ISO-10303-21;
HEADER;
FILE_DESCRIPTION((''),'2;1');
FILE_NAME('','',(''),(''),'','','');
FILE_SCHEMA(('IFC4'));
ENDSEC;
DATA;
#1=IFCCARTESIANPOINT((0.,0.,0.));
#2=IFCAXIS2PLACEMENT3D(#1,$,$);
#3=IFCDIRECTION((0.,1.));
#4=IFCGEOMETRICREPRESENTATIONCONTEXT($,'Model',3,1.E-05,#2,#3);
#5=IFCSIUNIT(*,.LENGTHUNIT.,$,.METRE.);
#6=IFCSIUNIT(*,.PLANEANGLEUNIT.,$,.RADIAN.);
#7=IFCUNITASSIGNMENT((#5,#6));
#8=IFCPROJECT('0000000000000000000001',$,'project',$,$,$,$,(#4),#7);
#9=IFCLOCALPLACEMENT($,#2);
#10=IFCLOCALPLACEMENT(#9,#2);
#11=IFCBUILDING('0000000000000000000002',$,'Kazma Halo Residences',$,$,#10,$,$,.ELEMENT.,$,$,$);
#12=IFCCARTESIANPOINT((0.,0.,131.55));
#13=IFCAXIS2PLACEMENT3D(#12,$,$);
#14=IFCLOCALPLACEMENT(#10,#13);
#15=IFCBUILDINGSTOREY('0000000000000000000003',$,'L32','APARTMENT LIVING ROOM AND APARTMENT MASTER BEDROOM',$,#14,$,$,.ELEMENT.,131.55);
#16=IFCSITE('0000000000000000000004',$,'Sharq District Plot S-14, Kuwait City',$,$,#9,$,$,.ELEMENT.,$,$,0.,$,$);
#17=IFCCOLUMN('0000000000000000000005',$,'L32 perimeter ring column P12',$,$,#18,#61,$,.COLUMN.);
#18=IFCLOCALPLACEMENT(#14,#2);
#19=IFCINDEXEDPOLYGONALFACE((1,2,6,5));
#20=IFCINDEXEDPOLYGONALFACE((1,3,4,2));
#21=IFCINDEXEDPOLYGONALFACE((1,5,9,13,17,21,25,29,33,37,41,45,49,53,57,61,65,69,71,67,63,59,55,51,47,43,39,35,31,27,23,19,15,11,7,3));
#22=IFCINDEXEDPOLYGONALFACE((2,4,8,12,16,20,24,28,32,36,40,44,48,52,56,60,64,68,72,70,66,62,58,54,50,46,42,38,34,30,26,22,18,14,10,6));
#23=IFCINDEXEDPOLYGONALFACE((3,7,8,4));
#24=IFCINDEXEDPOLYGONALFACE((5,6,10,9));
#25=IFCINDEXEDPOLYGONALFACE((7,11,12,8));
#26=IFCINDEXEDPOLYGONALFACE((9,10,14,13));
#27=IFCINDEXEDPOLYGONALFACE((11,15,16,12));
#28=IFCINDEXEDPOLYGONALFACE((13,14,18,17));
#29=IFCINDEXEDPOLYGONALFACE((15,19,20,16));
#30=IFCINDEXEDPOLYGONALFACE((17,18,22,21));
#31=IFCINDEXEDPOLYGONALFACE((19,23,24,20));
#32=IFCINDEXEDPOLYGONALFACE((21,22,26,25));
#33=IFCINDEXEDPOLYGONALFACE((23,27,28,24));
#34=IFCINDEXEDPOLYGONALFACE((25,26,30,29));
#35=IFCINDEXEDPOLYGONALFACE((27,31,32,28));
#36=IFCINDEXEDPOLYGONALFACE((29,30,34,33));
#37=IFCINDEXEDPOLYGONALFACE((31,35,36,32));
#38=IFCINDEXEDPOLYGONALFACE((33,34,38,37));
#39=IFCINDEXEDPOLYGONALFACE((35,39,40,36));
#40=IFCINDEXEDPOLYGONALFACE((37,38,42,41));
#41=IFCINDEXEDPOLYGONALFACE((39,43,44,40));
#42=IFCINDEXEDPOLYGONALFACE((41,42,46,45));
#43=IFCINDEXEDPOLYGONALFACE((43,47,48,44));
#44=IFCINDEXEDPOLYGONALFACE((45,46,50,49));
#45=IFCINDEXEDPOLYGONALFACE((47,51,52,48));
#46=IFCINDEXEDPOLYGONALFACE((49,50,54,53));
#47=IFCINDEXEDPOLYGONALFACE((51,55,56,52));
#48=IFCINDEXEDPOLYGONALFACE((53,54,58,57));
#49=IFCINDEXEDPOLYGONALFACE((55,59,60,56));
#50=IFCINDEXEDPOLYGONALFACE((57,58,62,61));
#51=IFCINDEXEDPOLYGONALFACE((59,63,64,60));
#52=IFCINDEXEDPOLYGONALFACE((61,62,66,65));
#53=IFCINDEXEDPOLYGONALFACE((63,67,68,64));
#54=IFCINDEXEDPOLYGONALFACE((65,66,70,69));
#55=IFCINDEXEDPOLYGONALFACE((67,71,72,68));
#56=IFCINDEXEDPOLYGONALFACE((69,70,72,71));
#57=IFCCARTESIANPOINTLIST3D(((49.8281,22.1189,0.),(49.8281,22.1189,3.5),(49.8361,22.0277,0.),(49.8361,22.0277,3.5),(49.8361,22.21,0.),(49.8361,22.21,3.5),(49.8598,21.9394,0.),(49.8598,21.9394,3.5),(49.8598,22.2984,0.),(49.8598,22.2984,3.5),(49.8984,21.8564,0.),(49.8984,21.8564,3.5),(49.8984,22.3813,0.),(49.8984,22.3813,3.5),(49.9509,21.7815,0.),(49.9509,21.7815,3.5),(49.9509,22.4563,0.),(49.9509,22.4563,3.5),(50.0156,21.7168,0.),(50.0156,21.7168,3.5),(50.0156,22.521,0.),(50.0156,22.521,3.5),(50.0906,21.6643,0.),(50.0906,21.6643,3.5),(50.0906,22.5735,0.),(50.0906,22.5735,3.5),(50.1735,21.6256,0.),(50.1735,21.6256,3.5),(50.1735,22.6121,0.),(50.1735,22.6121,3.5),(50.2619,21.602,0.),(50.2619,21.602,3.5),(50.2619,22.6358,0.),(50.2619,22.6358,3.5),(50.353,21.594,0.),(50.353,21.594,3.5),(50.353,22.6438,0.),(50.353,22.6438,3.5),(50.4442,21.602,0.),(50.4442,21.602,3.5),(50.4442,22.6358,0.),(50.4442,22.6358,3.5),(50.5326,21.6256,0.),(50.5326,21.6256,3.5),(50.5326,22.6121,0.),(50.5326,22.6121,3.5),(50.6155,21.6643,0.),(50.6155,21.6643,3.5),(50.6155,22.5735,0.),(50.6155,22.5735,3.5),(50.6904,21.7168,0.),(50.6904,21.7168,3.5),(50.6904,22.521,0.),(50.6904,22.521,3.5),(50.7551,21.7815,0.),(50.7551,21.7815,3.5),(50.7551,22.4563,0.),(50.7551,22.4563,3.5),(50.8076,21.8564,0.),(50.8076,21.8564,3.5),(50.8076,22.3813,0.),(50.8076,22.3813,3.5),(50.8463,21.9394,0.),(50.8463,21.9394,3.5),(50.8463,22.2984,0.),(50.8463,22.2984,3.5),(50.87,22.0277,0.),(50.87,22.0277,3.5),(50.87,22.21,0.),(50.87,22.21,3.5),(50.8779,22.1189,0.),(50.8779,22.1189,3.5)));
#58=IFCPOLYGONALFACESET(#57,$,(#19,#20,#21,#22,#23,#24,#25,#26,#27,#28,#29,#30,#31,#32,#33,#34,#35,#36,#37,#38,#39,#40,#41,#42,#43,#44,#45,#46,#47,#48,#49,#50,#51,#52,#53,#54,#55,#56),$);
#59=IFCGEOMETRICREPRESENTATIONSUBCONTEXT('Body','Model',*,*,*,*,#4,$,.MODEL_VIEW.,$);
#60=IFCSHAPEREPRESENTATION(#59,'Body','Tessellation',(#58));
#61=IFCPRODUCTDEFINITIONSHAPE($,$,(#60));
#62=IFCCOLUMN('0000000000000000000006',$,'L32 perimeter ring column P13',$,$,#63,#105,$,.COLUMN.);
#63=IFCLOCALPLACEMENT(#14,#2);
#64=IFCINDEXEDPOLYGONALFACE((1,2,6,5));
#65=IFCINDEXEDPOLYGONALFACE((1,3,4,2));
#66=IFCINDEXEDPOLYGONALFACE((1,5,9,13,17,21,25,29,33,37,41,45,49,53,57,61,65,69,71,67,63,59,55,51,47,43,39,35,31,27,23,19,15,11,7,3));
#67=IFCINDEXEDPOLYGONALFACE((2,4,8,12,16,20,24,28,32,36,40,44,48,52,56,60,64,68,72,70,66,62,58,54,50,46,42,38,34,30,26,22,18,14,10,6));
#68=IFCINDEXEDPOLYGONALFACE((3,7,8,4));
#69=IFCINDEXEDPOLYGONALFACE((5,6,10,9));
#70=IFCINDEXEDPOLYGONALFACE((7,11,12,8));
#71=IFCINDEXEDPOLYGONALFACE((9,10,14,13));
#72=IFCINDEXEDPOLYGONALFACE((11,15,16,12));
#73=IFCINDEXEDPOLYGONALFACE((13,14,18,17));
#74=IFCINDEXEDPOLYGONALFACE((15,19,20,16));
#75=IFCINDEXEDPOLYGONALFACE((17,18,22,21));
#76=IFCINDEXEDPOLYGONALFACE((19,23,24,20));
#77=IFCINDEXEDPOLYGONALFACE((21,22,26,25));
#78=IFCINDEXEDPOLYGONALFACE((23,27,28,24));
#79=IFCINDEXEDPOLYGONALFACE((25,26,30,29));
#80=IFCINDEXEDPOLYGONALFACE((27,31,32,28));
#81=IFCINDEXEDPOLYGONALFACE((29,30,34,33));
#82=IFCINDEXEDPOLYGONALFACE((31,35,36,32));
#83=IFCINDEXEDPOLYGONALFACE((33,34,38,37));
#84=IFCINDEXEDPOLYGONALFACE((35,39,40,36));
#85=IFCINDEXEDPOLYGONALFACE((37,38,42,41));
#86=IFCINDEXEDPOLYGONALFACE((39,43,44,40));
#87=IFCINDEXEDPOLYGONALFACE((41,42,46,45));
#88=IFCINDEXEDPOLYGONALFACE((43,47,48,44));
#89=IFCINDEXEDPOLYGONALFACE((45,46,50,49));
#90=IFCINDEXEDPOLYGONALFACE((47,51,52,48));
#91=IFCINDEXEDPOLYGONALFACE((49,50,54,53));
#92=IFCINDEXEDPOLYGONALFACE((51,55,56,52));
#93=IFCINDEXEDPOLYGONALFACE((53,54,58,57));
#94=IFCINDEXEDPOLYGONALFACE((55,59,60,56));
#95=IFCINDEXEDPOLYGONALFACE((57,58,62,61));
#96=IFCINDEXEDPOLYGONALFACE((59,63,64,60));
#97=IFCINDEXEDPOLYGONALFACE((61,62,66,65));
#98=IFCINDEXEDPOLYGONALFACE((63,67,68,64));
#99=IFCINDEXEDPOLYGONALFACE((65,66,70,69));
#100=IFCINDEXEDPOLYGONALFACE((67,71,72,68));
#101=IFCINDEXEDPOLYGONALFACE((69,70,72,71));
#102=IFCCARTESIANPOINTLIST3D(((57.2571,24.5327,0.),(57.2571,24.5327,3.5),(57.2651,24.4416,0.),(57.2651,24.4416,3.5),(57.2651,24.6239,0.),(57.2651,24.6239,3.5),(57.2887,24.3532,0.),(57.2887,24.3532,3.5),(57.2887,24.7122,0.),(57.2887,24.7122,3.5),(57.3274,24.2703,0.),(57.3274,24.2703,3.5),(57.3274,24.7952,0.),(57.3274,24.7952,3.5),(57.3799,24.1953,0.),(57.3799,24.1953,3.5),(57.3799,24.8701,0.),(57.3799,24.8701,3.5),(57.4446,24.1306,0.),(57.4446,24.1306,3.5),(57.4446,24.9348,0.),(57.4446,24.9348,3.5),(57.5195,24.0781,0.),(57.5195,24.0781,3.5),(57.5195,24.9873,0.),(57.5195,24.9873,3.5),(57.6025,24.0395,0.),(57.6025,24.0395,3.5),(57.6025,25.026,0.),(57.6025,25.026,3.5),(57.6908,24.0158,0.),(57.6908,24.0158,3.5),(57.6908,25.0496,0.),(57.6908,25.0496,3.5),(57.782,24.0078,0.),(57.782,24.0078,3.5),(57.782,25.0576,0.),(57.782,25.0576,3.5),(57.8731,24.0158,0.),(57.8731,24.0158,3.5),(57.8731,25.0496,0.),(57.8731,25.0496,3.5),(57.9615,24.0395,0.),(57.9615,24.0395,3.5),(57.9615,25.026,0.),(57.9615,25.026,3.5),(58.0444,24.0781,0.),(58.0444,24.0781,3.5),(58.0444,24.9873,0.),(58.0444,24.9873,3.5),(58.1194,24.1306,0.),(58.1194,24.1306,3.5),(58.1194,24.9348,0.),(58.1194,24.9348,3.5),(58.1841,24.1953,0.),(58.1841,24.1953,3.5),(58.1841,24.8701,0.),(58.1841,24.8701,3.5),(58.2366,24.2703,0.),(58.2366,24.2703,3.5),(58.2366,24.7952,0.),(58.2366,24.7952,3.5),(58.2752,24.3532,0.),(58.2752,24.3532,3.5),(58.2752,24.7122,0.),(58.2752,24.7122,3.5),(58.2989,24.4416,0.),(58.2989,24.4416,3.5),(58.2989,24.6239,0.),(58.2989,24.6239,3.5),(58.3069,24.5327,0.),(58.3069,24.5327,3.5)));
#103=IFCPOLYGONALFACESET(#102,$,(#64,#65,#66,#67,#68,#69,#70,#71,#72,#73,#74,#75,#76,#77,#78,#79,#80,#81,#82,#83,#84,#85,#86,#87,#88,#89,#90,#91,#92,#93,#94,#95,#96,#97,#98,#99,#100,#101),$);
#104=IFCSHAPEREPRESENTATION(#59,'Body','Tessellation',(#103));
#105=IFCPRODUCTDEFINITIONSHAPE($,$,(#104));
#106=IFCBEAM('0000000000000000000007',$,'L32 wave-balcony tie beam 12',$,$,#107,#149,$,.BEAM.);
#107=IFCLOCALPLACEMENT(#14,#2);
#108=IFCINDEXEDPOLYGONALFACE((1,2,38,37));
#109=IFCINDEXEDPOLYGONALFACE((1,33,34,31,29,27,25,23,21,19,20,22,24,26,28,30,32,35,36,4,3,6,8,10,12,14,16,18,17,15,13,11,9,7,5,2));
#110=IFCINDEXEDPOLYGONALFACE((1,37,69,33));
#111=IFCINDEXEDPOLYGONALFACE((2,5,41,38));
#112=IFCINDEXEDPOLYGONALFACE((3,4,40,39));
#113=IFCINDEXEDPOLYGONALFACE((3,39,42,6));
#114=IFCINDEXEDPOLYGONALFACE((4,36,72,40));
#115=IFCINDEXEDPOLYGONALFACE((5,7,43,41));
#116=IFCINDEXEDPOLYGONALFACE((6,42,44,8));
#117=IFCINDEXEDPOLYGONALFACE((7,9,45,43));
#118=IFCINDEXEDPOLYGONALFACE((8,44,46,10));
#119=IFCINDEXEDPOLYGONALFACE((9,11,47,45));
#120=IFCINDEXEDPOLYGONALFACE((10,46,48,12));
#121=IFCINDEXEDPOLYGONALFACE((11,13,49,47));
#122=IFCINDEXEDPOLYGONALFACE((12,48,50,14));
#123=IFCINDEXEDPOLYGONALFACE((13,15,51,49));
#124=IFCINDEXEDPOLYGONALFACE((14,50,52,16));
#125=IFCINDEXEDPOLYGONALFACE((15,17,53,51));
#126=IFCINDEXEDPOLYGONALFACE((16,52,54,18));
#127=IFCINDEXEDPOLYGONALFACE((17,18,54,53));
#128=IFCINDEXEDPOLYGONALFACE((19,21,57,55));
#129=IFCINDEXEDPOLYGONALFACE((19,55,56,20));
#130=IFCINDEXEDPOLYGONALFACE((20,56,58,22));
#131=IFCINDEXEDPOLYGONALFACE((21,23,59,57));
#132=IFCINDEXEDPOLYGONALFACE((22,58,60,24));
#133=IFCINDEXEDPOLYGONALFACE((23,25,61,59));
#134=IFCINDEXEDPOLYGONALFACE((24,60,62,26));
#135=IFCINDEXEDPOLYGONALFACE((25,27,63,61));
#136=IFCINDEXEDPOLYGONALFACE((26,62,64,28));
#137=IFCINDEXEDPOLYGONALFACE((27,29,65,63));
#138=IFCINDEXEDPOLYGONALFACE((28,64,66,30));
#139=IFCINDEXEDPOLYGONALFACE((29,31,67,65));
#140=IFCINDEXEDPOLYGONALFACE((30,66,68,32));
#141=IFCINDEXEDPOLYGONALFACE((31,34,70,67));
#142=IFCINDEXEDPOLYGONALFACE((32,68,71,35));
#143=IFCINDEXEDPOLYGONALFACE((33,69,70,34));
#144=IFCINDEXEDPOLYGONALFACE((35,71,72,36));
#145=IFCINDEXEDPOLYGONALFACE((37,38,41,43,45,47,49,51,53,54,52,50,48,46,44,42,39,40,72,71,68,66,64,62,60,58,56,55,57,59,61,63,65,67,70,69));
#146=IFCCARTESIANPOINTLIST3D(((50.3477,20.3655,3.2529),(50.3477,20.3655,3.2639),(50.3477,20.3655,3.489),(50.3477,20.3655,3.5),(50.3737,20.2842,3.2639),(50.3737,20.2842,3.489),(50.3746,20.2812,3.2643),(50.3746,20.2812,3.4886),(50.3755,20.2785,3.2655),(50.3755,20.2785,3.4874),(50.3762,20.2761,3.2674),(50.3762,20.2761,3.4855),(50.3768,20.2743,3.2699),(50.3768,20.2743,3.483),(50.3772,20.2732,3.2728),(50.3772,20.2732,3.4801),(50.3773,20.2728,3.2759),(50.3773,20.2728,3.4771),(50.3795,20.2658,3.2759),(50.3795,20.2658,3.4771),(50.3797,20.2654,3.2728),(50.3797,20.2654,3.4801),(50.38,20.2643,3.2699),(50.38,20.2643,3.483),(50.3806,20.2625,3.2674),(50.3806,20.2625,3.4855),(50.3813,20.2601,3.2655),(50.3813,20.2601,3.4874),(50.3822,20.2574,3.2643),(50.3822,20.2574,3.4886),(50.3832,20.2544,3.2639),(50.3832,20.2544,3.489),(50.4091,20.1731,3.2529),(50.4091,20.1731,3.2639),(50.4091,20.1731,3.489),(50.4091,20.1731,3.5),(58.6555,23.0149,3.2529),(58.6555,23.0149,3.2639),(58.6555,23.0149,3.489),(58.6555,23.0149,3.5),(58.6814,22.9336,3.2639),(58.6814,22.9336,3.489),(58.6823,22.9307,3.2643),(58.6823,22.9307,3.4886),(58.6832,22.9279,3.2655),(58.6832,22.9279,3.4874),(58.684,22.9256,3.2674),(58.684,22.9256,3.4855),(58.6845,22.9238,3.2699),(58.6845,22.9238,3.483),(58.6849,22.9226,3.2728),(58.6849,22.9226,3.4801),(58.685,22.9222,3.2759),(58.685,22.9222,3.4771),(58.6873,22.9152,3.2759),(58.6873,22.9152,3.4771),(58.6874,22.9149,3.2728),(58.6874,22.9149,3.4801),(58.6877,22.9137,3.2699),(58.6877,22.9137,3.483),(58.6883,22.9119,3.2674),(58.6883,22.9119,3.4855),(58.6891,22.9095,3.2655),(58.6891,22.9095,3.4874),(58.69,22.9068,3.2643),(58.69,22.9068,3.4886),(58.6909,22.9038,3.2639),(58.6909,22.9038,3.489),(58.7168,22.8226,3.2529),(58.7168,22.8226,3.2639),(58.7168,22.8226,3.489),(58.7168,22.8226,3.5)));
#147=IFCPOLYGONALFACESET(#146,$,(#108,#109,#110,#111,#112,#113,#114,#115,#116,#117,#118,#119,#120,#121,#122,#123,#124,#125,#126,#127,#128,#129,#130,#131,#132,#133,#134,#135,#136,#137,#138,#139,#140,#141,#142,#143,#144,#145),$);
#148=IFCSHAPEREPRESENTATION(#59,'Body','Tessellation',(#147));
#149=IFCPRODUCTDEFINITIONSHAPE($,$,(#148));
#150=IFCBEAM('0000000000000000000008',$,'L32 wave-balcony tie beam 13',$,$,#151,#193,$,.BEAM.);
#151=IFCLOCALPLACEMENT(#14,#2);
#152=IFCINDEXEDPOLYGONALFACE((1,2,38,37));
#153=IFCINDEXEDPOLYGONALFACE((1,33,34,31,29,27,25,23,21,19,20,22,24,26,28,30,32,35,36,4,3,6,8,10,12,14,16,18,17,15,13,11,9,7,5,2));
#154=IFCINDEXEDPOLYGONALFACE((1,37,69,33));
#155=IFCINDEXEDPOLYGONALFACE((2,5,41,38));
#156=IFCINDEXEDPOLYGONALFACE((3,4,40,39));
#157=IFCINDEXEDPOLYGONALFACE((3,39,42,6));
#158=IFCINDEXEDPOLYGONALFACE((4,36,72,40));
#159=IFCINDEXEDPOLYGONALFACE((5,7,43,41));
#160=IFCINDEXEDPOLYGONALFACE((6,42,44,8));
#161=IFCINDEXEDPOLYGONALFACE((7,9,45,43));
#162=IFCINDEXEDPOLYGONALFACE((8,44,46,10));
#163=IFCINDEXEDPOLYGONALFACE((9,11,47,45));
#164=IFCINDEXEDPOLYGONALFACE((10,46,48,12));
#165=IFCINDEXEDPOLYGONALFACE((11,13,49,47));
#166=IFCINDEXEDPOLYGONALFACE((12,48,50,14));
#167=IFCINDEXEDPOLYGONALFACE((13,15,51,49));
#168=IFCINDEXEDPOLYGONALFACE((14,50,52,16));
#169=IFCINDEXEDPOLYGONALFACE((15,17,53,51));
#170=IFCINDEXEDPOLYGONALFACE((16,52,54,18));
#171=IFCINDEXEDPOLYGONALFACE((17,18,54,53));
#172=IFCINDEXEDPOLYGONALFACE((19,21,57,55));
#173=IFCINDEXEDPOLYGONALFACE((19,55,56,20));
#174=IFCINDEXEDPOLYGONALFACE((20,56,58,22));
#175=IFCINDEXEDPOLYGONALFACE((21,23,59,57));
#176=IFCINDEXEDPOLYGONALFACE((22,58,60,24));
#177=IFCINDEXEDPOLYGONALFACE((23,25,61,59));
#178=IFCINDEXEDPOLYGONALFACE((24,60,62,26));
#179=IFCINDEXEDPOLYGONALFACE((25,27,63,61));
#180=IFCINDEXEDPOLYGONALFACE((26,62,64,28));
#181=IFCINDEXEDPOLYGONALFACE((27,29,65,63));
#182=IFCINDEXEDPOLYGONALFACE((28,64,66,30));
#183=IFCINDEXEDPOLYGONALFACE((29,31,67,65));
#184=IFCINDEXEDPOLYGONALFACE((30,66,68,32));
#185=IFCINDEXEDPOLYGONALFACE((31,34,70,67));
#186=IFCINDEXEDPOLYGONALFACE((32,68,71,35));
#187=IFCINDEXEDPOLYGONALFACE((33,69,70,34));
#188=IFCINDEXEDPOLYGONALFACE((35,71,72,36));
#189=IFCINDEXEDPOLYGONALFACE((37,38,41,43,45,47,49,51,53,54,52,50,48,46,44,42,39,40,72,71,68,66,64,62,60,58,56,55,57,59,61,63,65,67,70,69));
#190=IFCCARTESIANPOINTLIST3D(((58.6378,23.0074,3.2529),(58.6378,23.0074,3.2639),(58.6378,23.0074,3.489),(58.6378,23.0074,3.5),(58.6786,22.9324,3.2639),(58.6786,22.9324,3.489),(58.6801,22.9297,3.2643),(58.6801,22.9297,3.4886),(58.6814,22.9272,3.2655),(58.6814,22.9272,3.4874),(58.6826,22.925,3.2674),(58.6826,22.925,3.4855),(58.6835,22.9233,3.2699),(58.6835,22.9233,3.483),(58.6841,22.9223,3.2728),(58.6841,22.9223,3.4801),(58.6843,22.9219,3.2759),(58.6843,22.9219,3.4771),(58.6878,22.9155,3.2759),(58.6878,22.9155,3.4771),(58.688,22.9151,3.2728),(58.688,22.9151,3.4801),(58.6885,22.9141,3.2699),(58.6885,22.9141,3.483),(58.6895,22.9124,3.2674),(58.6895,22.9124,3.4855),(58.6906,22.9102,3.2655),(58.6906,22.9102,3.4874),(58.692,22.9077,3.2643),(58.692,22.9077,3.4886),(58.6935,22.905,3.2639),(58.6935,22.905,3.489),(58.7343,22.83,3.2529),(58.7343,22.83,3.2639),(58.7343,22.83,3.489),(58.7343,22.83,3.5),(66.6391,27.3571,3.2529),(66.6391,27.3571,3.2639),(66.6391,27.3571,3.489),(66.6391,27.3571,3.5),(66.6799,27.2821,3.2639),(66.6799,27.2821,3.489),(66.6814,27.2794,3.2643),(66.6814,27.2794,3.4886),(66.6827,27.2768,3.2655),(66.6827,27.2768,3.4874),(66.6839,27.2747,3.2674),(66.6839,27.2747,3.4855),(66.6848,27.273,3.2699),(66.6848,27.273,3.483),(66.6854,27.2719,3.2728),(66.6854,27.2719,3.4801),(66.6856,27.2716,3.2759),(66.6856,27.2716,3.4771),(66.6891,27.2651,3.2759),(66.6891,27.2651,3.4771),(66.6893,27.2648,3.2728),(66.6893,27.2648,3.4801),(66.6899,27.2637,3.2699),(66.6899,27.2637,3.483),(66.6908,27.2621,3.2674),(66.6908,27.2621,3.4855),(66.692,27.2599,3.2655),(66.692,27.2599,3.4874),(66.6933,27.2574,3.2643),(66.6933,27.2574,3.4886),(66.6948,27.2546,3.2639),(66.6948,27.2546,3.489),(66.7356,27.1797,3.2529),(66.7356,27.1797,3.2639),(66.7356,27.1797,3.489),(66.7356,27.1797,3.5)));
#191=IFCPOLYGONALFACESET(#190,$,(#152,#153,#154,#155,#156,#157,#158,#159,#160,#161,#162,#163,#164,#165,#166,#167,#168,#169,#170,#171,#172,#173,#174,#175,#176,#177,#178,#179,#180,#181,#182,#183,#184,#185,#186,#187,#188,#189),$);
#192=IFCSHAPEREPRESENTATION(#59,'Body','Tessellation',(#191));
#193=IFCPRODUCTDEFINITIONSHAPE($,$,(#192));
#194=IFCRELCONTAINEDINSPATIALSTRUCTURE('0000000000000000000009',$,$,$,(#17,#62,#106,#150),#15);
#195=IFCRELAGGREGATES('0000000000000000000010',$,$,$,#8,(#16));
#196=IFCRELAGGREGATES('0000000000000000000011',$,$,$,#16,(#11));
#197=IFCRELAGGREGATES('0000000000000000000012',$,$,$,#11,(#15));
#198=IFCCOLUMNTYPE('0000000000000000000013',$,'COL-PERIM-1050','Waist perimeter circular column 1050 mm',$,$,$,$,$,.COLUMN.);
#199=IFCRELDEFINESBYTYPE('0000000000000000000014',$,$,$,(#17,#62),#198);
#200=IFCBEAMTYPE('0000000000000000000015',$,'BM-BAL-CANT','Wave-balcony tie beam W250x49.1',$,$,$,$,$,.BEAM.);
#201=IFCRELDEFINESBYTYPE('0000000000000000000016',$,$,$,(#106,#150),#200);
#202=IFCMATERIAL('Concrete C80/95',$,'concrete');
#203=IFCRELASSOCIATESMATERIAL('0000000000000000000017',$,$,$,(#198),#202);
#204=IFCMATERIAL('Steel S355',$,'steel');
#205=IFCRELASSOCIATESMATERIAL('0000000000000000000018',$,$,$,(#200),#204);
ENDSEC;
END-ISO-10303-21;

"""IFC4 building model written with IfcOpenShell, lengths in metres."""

from ifc_helpers import new_model, si_unit, direction, frame, origin, origin_2d, place, context, subcontext, project, spatial, circle, i_section, extrude, material, material_profile, profile_set, type_object, element, save


model = new_model("IFC4")

# Units and contexts
model_context = context("Model", 3, precision=1e-05, world=origin(), true_north=direction((0.0, 1.0)))
body_context = subcontext(model_context, "Body", "Model", "MODEL_VIEW")
ifc_project = project(units=[si_unit("LENGTHUNIT", "METRE"), si_unit("PLANEANGLEUNIT", "RADIAN")], contexts=[model_context])

# Site, building, storey
site_placement = place(None, origin())
site = spatial("IfcSite", under=ifc_project, at=site_placement, Name="Sharq District Plot S-14, Kuwait City", CompositionType="ELEMENT", RefElevation=0.0)
building_placement = place(site_placement, origin())
building = spatial("IfcBuilding", under=site, at=building_placement, Name="Kazma Halo Residences", CompositionType="ELEMENT")
storey_placement = place(building_placement, frame((0.0, 0.0, 131.55)))
storey = spatial("IfcBuildingStorey", under=building, at=storey_placement, Name="L32", Description="APARTMENT LIVING ROOM AND APARTMENT MASTER BEDROOM", CompositionType="ELEMENT", Elevation=131.55)

# Columns
ifc_material_1 = material(Name="Concrete C80/95", Category="concrete")
ifc_material_profile_1 = material_profile(ifc_material_1, circle(Radius=0.5249, at=origin_2d()), Name="CIRC1050")
ifc_profile_set_1 = profile_set([ifc_material_profile_1], Name="Concrete C80/95")
column_type = type_object("IfcColumnType", Name="COL-PERIM-1050", Description="Waist perimeter circular column 1050 mm", PredefinedType="COLUMN", material=ifc_profile_set_1)
for number, where, z_axis, x_axis, name in (
    (1, (50.353, 22.1189, 0.0), (0.0, 0.0, 1.0), (1.0, 0.0, 0.0), "L32 perimeter ring column P12"),
    (2, (57.782, 24.5327, 0.0), (0.0, 0.0, 1.0), (1.0, 0.0, 0.0), "L32 perimeter ring column P13"),
):
    element("IfcColumn", number, at=place(storey_placement, frame(where, z_axis=z_axis, x_axis=x_axis)), inside=storey, type_object=column_type, Name=name, PredefinedType="COLUMN", context=body_context, shape_type="SweptSolid", body=[
        extrude(circle(Radius=0.5249, at=origin_2d()), origin(), (0.0, 0.0, 1.0), 3.5),
    ])

# Beams
ifc_material_2 = material(Name="Steel S355", Category="steel")
ifc_material_profile_2 = material_profile(ifc_material_2, i_section(OverallWidth=0.2019, OverallDepth=0.2471, WebThickness=0.0073, FlangeThickness=0.011, FilletRadius=0.012, at=origin_2d()), Name="W250x49.1")
ifc_profile_set_2 = profile_set([ifc_material_profile_2], Name="Steel S355")
beam_type_1 = type_object("IfcBeamType", Name="BM-BAL-CANT", Description="Wave-balcony tie beam W250x49.1", PredefinedType="BEAM", material=ifc_profile_set_2)
beam_1_placement = place(storey_placement, frame((50.3784, 20.2693, 3.3765), z_axis=(0.952724, 0.303837, 0.0), x_axis=(-0.303837, 0.952724, 0.0)))
element("IfcBeam", 3, at=beam_1_placement, inside=storey, type_object=beam_type_1, Name="L32 wave-balcony tie beam 12", PredefinedType="BEAM", context=body_context, shape_type="SweptSolid", body=[
    extrude(i_section(OverallWidth=0.2019, OverallDepth=0.2471, WebThickness=0.0073, FlangeThickness=0.011, FilletRadius=0.012, at=origin_2d()), origin(), (0.0, 0.0, 1.0), 8.72),
])
beam_2_placement = place(storey_placement, frame((58.686, 22.9187, 3.3765), z_axis=(0.878573, 0.477608, 0.0), x_axis=(-0.477608, 0.878573, 0.0)))
element("IfcBeam", 4, at=beam_2_placement, inside=storey, type_object=beam_type_1, Name="L32 wave-balcony tie beam 13", PredefinedType="BEAM", context=body_context, shape_type="SweptSolid", body=[
    extrude(i_section(OverallWidth=0.2019, OverallDepth=0.2471, WebThickness=0.0073, FlangeThickness=0.011, FilletRadius=0.012, at=origin_2d()), origin(), (0.0, 0.0, 1.0), 9.1072),
])

save(model, "model.ifc")
